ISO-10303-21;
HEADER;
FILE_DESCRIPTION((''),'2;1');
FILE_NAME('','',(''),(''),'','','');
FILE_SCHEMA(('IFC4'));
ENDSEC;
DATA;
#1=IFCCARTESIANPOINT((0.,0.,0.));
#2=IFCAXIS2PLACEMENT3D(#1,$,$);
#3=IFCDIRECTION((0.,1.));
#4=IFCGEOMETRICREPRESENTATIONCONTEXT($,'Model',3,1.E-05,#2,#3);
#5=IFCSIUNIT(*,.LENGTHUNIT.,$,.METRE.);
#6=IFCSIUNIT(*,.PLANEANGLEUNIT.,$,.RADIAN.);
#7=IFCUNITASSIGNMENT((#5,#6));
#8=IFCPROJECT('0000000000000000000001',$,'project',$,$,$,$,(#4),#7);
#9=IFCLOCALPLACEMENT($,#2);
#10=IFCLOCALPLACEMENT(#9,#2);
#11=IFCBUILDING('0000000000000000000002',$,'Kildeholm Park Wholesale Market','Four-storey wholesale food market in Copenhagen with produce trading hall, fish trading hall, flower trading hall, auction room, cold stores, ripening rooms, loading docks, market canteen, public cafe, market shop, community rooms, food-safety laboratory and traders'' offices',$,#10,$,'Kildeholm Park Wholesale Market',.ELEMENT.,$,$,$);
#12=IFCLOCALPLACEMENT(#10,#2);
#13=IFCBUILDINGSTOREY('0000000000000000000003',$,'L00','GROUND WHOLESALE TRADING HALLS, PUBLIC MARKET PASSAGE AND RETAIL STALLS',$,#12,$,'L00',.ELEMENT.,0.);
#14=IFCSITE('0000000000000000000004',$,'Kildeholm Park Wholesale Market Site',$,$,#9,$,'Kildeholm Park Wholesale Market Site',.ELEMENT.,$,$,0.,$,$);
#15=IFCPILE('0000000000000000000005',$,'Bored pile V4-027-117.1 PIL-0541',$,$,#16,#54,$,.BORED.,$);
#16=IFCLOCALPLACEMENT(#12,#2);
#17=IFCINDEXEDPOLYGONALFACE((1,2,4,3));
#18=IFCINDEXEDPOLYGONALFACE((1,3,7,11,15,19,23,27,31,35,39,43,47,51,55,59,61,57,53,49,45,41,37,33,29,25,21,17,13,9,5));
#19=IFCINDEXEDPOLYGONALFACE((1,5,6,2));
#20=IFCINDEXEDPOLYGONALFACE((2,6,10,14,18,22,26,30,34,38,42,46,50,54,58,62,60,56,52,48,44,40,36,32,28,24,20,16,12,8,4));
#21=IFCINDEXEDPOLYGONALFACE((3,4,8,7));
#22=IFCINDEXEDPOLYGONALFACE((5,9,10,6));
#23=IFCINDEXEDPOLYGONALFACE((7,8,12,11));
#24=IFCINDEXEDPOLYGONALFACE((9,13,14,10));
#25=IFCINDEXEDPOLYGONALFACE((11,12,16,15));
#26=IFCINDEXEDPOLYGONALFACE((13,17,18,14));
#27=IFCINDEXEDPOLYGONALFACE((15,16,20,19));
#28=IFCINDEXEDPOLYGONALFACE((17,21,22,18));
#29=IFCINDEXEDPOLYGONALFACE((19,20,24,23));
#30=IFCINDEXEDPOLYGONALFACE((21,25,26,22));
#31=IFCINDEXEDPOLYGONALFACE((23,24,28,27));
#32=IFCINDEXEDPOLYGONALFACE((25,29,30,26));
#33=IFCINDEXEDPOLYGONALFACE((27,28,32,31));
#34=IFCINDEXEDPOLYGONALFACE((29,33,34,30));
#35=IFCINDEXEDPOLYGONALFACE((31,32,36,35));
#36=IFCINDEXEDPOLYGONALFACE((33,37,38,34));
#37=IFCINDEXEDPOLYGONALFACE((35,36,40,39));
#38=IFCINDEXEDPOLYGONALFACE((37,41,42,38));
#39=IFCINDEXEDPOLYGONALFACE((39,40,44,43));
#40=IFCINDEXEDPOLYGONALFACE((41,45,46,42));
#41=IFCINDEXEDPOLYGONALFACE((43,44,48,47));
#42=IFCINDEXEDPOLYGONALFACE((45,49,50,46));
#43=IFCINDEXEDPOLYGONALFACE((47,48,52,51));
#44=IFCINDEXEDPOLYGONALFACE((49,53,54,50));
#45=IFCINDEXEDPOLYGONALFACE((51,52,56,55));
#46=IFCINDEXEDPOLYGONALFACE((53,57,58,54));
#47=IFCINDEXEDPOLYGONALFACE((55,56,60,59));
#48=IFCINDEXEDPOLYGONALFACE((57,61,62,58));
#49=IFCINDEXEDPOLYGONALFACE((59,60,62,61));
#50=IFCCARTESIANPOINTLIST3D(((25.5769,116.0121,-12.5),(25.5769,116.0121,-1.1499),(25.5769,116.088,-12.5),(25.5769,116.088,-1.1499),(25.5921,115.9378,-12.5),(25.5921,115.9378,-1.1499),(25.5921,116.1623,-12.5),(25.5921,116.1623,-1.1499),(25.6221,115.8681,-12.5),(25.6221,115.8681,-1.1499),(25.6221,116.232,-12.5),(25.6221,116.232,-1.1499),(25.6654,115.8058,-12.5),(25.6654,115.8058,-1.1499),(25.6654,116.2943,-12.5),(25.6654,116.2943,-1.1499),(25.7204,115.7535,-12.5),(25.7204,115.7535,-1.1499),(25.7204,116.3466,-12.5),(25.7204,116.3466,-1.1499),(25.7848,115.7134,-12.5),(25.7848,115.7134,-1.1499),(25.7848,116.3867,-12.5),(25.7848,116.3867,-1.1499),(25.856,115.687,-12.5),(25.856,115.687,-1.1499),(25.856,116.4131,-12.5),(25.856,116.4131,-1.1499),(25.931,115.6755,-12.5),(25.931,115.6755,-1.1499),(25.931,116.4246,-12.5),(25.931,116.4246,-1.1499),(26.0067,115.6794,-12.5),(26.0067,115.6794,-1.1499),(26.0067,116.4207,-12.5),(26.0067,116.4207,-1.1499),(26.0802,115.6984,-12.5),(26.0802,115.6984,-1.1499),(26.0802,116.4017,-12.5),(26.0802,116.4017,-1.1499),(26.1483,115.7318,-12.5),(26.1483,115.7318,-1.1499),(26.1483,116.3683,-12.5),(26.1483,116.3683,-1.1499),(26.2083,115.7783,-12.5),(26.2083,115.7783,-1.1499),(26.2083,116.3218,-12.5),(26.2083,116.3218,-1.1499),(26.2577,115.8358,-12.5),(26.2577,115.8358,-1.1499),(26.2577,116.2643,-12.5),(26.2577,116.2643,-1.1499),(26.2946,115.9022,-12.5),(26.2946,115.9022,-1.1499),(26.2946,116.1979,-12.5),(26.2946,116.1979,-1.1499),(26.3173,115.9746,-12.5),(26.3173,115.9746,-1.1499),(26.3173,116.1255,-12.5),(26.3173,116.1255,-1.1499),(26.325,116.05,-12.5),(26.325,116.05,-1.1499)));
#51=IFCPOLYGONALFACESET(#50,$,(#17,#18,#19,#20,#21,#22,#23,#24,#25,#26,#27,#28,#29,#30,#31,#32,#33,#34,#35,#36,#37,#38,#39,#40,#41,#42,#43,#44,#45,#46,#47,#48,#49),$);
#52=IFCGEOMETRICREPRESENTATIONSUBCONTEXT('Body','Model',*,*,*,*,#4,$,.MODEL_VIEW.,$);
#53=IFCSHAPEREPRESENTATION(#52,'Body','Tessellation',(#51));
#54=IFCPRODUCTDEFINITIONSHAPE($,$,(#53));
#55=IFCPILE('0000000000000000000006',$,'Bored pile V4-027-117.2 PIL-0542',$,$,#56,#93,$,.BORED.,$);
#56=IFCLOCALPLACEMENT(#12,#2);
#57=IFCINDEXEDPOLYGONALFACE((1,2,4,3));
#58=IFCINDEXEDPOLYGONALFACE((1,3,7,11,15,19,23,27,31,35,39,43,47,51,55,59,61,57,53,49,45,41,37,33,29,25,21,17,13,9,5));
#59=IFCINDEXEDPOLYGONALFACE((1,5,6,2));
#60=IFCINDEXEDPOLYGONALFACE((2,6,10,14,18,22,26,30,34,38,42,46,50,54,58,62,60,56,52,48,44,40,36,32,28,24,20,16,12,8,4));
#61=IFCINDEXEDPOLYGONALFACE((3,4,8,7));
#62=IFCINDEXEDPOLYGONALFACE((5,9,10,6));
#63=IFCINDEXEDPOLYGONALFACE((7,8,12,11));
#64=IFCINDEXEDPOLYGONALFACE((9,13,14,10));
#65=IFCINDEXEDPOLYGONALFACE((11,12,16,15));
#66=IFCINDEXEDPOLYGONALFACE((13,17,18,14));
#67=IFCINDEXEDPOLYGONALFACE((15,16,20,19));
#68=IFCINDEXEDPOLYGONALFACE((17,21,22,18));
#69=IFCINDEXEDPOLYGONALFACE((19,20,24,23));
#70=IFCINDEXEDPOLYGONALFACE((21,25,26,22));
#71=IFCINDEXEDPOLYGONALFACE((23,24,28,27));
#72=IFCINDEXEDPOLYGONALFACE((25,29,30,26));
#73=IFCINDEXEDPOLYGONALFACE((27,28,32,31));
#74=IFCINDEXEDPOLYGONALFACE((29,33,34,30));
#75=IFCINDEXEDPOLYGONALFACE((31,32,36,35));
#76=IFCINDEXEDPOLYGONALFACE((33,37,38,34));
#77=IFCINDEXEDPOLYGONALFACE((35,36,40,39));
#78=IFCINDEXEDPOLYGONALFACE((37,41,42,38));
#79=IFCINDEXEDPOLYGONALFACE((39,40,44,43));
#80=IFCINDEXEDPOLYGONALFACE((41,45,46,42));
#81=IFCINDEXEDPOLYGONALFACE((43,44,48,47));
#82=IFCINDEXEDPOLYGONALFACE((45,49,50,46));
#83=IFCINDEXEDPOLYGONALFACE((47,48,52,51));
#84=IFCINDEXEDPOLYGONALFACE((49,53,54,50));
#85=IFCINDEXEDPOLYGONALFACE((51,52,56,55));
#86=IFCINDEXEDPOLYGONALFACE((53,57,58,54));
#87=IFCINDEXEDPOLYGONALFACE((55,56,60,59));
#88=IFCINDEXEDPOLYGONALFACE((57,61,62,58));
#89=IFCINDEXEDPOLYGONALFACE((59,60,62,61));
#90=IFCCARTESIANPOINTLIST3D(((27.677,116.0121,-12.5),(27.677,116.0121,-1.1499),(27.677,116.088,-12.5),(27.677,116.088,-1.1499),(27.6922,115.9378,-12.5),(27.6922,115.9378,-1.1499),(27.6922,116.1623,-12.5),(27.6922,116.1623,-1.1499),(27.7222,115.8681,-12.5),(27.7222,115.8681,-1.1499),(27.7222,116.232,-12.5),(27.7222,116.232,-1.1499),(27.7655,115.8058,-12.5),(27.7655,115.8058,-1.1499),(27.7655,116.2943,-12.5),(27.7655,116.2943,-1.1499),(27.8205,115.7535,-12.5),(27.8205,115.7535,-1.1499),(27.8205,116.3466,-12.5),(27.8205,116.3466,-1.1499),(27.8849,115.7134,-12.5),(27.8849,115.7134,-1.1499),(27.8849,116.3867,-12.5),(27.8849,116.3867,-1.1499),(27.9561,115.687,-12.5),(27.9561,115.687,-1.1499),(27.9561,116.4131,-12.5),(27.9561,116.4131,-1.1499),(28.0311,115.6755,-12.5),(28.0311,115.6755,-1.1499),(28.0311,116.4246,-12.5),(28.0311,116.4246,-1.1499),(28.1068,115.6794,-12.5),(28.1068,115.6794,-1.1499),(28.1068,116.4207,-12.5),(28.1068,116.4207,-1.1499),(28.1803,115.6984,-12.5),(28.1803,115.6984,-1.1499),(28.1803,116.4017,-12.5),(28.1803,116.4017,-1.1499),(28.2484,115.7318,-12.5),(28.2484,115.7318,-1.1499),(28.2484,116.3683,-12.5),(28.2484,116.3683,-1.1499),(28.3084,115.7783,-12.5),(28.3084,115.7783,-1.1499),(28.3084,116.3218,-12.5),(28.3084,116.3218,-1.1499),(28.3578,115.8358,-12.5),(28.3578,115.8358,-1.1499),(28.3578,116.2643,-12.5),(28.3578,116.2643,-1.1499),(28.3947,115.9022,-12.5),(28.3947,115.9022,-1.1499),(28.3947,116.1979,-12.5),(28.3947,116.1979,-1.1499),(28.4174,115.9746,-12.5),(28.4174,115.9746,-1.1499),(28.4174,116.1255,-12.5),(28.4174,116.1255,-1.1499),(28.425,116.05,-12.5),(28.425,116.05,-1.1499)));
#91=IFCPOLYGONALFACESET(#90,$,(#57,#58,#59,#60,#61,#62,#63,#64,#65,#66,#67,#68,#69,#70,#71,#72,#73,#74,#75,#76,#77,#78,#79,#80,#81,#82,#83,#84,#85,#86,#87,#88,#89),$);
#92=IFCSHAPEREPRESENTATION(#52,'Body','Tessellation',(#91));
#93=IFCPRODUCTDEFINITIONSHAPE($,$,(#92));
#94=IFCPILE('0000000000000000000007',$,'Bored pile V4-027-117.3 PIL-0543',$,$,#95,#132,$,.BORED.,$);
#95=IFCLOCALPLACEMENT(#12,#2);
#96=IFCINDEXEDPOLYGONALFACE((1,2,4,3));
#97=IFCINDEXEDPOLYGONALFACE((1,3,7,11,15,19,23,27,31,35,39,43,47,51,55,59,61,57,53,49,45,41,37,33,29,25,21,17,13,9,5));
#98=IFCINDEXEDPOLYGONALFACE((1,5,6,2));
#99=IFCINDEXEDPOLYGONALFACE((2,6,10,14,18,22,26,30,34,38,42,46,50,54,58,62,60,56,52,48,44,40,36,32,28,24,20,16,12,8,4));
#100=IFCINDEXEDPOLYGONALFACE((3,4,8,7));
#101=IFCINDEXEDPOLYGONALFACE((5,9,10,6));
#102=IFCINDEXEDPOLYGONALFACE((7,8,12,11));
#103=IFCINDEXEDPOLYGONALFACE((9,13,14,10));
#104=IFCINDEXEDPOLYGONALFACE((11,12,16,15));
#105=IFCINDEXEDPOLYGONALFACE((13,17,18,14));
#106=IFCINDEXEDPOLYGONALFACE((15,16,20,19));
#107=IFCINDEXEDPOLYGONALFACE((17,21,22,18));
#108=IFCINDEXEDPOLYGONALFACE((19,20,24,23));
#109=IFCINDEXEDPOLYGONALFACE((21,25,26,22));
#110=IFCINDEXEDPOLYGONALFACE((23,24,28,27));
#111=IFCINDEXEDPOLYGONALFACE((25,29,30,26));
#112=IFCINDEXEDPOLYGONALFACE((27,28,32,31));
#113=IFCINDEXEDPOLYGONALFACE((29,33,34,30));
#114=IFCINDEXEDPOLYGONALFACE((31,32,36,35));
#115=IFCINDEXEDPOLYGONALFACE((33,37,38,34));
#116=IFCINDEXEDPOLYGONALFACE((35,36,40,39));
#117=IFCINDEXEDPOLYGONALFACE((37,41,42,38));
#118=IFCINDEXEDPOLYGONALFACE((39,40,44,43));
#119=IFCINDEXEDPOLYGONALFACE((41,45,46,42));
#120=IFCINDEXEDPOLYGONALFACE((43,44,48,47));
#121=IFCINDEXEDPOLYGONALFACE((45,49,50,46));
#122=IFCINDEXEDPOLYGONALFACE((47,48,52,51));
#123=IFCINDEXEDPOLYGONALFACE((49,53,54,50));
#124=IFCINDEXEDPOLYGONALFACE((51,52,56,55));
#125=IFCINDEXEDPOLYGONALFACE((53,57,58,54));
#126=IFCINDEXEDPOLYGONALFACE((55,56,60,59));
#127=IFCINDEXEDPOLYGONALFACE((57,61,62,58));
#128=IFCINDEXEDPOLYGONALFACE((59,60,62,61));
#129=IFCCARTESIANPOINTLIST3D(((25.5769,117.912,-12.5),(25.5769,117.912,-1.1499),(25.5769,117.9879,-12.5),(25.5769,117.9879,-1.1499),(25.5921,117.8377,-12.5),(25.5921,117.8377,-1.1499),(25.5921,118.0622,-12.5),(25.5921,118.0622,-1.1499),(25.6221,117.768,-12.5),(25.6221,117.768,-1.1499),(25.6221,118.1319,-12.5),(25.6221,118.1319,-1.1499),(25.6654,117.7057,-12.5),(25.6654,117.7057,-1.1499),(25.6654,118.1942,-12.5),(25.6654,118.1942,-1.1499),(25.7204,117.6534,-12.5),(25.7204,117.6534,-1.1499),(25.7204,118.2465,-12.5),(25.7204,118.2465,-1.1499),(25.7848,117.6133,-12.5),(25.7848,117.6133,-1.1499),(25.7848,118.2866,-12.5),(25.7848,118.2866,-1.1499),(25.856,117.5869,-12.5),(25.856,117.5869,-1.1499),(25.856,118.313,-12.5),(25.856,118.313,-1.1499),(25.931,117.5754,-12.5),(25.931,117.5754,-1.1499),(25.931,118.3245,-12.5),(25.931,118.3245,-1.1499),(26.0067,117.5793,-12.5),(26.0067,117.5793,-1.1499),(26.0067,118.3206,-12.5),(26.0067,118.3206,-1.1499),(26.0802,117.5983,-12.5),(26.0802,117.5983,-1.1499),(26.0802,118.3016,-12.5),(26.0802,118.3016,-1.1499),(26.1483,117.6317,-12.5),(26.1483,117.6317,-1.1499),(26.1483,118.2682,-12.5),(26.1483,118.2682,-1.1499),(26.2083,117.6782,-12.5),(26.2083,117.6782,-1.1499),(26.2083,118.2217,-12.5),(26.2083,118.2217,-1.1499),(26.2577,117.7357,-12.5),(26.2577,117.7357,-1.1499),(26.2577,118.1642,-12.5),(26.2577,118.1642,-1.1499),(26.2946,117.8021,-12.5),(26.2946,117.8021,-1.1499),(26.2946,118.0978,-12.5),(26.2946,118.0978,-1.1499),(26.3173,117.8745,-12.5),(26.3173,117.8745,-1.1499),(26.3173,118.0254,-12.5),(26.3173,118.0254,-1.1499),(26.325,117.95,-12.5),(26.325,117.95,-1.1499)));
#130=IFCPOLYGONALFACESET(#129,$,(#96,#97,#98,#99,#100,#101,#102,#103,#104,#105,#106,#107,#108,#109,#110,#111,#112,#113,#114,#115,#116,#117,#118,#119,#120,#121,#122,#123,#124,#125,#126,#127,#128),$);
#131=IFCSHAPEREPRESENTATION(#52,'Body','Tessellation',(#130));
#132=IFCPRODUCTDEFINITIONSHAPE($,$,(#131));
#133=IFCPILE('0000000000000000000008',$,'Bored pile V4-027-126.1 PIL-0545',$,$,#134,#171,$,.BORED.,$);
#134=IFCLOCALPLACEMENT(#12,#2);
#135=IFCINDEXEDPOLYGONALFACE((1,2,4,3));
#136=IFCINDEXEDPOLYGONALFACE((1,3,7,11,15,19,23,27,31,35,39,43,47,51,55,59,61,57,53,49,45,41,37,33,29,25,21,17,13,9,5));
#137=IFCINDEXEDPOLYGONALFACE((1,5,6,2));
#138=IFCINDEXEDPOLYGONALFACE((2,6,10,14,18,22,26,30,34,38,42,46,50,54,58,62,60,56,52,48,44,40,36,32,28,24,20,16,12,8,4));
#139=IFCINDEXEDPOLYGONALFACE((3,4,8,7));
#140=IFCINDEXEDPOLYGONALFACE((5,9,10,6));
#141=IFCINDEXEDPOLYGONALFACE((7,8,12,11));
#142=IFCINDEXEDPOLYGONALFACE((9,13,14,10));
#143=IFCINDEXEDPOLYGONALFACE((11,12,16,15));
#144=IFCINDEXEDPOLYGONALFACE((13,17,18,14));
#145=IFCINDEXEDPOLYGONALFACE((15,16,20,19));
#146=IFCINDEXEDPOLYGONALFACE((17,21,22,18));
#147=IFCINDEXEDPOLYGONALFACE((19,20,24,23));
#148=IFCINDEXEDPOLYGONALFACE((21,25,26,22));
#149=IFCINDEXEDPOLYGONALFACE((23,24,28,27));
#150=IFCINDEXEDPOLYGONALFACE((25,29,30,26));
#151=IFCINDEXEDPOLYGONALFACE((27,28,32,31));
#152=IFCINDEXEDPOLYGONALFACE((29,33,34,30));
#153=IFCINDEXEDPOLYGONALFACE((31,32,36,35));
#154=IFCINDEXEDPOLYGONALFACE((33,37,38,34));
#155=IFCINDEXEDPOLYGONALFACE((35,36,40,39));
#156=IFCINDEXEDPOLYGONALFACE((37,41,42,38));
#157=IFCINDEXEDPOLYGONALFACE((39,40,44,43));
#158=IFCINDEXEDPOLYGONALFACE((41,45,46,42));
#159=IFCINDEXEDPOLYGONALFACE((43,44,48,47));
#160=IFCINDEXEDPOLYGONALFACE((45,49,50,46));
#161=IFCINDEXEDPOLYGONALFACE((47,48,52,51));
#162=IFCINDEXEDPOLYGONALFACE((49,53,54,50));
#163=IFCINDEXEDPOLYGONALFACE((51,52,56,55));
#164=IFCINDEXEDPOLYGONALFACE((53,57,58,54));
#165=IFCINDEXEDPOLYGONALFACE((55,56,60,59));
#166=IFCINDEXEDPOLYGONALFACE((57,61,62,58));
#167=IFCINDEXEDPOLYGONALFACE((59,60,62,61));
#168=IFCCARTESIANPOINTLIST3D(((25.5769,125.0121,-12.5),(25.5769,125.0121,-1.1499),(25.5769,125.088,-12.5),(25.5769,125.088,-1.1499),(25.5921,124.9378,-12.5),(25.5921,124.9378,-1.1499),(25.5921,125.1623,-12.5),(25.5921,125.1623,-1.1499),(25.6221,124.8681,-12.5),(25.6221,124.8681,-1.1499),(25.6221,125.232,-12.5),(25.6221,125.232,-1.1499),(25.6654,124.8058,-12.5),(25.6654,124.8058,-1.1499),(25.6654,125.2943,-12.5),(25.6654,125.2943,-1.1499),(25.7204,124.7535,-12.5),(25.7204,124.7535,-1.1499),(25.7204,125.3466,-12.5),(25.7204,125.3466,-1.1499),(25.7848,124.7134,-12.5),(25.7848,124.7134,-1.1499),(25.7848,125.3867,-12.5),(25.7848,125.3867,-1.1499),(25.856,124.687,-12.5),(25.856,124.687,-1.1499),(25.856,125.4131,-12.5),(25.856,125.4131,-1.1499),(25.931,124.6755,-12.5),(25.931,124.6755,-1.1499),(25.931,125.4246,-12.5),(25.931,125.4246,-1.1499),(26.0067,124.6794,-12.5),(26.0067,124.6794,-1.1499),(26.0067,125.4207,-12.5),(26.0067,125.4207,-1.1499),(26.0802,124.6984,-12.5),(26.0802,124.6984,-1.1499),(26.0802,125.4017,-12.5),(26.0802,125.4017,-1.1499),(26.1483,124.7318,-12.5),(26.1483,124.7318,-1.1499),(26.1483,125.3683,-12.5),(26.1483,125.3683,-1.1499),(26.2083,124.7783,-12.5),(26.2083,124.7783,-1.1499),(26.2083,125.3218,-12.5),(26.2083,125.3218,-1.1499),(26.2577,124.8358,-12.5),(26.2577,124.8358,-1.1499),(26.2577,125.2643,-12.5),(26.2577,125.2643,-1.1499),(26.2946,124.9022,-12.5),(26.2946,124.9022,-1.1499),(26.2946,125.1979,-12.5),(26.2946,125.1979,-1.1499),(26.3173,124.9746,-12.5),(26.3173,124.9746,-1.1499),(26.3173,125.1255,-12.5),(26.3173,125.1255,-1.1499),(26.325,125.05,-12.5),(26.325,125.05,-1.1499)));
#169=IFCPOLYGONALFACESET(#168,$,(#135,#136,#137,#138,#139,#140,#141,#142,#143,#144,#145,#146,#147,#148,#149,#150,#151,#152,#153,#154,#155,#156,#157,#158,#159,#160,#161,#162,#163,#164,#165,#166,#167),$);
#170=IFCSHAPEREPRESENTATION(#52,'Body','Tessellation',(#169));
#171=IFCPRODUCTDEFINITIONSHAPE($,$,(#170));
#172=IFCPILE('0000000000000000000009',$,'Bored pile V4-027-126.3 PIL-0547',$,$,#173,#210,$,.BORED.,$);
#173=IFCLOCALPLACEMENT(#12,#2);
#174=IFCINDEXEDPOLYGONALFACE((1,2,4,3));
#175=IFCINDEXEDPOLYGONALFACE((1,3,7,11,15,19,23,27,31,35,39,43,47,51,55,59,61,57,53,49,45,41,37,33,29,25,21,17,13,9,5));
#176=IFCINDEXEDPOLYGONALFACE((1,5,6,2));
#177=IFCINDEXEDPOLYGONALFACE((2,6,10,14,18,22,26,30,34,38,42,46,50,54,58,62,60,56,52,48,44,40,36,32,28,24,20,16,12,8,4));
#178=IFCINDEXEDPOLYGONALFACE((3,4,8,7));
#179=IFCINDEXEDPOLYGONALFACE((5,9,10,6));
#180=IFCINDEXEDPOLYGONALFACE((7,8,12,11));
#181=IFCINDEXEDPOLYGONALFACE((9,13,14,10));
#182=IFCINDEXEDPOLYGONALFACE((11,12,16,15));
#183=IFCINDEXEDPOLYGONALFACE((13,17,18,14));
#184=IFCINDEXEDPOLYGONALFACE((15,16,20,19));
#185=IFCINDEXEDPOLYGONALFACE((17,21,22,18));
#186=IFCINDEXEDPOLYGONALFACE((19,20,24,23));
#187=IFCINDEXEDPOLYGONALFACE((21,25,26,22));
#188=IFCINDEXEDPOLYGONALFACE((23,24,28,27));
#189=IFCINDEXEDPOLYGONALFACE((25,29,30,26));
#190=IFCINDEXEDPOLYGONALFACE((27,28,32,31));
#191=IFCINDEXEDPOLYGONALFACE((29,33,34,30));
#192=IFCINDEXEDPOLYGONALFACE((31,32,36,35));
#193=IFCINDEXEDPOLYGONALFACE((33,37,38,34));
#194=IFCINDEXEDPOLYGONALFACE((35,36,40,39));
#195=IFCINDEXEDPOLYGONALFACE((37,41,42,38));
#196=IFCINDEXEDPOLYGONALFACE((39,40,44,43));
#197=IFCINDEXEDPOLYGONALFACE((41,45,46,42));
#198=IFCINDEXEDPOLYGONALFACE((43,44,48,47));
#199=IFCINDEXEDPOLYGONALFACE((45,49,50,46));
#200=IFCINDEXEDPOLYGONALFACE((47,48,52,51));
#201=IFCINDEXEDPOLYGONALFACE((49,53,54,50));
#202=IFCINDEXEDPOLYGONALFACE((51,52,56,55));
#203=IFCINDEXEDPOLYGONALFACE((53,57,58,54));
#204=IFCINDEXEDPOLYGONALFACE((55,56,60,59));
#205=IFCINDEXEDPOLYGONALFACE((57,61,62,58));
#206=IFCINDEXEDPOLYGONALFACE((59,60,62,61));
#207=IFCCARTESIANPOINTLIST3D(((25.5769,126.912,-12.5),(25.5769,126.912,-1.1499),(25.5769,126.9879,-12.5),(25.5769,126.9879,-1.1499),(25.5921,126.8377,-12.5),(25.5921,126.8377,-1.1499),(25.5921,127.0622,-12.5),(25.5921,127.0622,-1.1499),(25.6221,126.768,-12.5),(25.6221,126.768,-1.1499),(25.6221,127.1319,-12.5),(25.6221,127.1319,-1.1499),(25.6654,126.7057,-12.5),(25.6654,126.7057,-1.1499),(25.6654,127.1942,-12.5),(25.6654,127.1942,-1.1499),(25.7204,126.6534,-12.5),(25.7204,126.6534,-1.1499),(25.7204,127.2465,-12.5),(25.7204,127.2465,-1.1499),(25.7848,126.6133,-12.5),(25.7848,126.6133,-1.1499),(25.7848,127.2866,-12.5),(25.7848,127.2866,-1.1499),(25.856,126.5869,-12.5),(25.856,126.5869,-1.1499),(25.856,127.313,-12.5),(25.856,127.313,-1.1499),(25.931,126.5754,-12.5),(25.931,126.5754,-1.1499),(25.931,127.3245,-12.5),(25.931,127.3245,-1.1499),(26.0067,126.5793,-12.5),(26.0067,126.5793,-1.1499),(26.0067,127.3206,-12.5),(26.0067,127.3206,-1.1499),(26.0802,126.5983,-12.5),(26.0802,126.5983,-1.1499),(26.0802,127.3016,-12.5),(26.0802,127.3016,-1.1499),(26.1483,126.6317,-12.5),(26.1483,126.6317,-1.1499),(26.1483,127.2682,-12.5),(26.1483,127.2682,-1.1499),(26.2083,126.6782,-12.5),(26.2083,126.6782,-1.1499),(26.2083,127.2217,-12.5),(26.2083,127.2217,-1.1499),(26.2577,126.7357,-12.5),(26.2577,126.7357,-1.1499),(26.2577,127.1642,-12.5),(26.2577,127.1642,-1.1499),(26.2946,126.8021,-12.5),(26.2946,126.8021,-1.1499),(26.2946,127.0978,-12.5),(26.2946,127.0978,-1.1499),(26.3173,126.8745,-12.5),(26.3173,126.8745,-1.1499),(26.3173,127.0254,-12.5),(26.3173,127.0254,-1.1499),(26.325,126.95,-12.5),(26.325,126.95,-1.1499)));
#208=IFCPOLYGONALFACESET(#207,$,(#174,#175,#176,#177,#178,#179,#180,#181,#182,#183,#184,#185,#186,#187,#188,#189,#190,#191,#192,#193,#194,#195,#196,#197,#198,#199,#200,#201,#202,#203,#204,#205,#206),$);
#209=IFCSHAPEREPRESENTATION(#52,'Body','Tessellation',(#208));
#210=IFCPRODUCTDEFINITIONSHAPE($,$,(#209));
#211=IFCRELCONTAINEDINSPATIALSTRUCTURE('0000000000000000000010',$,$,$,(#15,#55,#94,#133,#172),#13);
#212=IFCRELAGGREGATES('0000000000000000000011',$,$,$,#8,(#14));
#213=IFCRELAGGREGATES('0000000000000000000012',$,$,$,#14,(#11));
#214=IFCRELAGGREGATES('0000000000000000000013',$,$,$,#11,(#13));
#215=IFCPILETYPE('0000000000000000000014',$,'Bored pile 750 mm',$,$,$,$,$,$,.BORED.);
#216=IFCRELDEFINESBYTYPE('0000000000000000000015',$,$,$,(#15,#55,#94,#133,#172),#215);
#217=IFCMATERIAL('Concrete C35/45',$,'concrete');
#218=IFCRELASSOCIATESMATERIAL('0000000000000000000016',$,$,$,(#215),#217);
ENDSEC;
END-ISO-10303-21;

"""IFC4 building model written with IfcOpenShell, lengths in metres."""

from ifc_helpers import new_model, si_unit, direction, frame, origin, origin_2d, place, context, subcontext, project, spatial, circle, extrude, material, material_profile, profile_set, type_object, element, save


model = new_model("IFC4")

# Units and contexts
model_context = context("Model", 3, precision=1e-05, world=origin(), true_north=direction((0.0, 1.0)))
body_context = subcontext(model_context, "Body", "Model", "MODEL_VIEW")
ifc_project = project(units=[si_unit("LENGTHUNIT", "METRE"), si_unit("PLANEANGLEUNIT", "RADIAN")], contexts=[model_context])

# Site, building, storey
site_placement = place(None, origin())
site = spatial("IfcSite", under=ifc_project, at=site_placement, Name="Kildeholm Park Wholesale Market Site", LongName="Kildeholm Park Wholesale Market Site", CompositionType="ELEMENT", RefElevation=0.0)
building_placement = place(site_placement, origin())
building = spatial("IfcBuilding", under=site, at=building_placement, Name="Kildeholm Park Wholesale Market", Description="Four-storey wholesale food market in Copenhagen with produce trading hall, fish trading hall, flower trading hall, auction room, cold stores, ripening rooms, loading docks, market canteen, public cafe, market shop, community rooms, food-safety laboratory and traders' offices", LongName="Kildeholm Park Wholesale Market", CompositionType="ELEMENT")
storey_placement = place(building_placement, origin())
storey = spatial("IfcBuildingStorey", under=building, at=storey_placement, Name="L00", Description="GROUND WHOLESALE TRADING HALLS, PUBLIC MARKET PASSAGE AND RETAIL STALLS", LongName="L00", CompositionType="ELEMENT", Elevation=0.0)

# Piles
ifc_material_1 = material(Name="Concrete C35/45", Category="concrete")
ifc_material_profile_1 = material_profile(ifc_material_1, circle(Radius=0.375, at=origin_2d()), Name="PILE D750")
ifc_profile_set_1 = profile_set([ifc_material_profile_1], Name="Concrete C35/45")
pile_type = type_object("IfcPileType", Name="Bored pile 750 mm", PredefinedType="BORED", material=ifc_profile_set_1)
for number, where, z_axis, x_axis, name in (
    (1, (25.95, 116.05, -1.1499), (0.0, 0.0, -1.0), (1.0, 0.0, 0.0), "Bored pile V4-027-117.1 PIL-0541"),
    (2, (28.05, 116.05, -1.1499), (0.0, 0.0, -1.0), (1.0, 0.0, 0.0), "Bored pile V4-027-117.2 PIL-0542"),
    (3, (25.95, 117.95, -1.1499), (0.0, 0.0, -1.0), (1.0, 0.0, 0.0), "Bored pile V4-027-117.3 PIL-0543"),
    (4, (25.95, 125.05, -1.1499), (0.0, 0.0, -1.0), (1.0, 0.0, 0.0), "Bored pile V4-027-126.1 PIL-0545"),
    (5, (25.95, 126.95, -1.1499), (0.0, 0.0, -1.0), (1.0, 0.0, 0.0), "Bored pile V4-027-126.3 PIL-0547"),
):
    element("IfcPile", number, at=place(storey_placement, frame(where, z_axis=z_axis, x_axis=x_axis)), inside=storey, type_object=pile_type, Name=name, PredefinedType="BORED", context=body_context, shape_type="SweptSolid", body=[
        extrude(circle(Radius=0.375, at=origin_2d()), origin(), (0.0, 0.0, 1.0), 11.3501),
    ])

save(model, "model.ifc")
